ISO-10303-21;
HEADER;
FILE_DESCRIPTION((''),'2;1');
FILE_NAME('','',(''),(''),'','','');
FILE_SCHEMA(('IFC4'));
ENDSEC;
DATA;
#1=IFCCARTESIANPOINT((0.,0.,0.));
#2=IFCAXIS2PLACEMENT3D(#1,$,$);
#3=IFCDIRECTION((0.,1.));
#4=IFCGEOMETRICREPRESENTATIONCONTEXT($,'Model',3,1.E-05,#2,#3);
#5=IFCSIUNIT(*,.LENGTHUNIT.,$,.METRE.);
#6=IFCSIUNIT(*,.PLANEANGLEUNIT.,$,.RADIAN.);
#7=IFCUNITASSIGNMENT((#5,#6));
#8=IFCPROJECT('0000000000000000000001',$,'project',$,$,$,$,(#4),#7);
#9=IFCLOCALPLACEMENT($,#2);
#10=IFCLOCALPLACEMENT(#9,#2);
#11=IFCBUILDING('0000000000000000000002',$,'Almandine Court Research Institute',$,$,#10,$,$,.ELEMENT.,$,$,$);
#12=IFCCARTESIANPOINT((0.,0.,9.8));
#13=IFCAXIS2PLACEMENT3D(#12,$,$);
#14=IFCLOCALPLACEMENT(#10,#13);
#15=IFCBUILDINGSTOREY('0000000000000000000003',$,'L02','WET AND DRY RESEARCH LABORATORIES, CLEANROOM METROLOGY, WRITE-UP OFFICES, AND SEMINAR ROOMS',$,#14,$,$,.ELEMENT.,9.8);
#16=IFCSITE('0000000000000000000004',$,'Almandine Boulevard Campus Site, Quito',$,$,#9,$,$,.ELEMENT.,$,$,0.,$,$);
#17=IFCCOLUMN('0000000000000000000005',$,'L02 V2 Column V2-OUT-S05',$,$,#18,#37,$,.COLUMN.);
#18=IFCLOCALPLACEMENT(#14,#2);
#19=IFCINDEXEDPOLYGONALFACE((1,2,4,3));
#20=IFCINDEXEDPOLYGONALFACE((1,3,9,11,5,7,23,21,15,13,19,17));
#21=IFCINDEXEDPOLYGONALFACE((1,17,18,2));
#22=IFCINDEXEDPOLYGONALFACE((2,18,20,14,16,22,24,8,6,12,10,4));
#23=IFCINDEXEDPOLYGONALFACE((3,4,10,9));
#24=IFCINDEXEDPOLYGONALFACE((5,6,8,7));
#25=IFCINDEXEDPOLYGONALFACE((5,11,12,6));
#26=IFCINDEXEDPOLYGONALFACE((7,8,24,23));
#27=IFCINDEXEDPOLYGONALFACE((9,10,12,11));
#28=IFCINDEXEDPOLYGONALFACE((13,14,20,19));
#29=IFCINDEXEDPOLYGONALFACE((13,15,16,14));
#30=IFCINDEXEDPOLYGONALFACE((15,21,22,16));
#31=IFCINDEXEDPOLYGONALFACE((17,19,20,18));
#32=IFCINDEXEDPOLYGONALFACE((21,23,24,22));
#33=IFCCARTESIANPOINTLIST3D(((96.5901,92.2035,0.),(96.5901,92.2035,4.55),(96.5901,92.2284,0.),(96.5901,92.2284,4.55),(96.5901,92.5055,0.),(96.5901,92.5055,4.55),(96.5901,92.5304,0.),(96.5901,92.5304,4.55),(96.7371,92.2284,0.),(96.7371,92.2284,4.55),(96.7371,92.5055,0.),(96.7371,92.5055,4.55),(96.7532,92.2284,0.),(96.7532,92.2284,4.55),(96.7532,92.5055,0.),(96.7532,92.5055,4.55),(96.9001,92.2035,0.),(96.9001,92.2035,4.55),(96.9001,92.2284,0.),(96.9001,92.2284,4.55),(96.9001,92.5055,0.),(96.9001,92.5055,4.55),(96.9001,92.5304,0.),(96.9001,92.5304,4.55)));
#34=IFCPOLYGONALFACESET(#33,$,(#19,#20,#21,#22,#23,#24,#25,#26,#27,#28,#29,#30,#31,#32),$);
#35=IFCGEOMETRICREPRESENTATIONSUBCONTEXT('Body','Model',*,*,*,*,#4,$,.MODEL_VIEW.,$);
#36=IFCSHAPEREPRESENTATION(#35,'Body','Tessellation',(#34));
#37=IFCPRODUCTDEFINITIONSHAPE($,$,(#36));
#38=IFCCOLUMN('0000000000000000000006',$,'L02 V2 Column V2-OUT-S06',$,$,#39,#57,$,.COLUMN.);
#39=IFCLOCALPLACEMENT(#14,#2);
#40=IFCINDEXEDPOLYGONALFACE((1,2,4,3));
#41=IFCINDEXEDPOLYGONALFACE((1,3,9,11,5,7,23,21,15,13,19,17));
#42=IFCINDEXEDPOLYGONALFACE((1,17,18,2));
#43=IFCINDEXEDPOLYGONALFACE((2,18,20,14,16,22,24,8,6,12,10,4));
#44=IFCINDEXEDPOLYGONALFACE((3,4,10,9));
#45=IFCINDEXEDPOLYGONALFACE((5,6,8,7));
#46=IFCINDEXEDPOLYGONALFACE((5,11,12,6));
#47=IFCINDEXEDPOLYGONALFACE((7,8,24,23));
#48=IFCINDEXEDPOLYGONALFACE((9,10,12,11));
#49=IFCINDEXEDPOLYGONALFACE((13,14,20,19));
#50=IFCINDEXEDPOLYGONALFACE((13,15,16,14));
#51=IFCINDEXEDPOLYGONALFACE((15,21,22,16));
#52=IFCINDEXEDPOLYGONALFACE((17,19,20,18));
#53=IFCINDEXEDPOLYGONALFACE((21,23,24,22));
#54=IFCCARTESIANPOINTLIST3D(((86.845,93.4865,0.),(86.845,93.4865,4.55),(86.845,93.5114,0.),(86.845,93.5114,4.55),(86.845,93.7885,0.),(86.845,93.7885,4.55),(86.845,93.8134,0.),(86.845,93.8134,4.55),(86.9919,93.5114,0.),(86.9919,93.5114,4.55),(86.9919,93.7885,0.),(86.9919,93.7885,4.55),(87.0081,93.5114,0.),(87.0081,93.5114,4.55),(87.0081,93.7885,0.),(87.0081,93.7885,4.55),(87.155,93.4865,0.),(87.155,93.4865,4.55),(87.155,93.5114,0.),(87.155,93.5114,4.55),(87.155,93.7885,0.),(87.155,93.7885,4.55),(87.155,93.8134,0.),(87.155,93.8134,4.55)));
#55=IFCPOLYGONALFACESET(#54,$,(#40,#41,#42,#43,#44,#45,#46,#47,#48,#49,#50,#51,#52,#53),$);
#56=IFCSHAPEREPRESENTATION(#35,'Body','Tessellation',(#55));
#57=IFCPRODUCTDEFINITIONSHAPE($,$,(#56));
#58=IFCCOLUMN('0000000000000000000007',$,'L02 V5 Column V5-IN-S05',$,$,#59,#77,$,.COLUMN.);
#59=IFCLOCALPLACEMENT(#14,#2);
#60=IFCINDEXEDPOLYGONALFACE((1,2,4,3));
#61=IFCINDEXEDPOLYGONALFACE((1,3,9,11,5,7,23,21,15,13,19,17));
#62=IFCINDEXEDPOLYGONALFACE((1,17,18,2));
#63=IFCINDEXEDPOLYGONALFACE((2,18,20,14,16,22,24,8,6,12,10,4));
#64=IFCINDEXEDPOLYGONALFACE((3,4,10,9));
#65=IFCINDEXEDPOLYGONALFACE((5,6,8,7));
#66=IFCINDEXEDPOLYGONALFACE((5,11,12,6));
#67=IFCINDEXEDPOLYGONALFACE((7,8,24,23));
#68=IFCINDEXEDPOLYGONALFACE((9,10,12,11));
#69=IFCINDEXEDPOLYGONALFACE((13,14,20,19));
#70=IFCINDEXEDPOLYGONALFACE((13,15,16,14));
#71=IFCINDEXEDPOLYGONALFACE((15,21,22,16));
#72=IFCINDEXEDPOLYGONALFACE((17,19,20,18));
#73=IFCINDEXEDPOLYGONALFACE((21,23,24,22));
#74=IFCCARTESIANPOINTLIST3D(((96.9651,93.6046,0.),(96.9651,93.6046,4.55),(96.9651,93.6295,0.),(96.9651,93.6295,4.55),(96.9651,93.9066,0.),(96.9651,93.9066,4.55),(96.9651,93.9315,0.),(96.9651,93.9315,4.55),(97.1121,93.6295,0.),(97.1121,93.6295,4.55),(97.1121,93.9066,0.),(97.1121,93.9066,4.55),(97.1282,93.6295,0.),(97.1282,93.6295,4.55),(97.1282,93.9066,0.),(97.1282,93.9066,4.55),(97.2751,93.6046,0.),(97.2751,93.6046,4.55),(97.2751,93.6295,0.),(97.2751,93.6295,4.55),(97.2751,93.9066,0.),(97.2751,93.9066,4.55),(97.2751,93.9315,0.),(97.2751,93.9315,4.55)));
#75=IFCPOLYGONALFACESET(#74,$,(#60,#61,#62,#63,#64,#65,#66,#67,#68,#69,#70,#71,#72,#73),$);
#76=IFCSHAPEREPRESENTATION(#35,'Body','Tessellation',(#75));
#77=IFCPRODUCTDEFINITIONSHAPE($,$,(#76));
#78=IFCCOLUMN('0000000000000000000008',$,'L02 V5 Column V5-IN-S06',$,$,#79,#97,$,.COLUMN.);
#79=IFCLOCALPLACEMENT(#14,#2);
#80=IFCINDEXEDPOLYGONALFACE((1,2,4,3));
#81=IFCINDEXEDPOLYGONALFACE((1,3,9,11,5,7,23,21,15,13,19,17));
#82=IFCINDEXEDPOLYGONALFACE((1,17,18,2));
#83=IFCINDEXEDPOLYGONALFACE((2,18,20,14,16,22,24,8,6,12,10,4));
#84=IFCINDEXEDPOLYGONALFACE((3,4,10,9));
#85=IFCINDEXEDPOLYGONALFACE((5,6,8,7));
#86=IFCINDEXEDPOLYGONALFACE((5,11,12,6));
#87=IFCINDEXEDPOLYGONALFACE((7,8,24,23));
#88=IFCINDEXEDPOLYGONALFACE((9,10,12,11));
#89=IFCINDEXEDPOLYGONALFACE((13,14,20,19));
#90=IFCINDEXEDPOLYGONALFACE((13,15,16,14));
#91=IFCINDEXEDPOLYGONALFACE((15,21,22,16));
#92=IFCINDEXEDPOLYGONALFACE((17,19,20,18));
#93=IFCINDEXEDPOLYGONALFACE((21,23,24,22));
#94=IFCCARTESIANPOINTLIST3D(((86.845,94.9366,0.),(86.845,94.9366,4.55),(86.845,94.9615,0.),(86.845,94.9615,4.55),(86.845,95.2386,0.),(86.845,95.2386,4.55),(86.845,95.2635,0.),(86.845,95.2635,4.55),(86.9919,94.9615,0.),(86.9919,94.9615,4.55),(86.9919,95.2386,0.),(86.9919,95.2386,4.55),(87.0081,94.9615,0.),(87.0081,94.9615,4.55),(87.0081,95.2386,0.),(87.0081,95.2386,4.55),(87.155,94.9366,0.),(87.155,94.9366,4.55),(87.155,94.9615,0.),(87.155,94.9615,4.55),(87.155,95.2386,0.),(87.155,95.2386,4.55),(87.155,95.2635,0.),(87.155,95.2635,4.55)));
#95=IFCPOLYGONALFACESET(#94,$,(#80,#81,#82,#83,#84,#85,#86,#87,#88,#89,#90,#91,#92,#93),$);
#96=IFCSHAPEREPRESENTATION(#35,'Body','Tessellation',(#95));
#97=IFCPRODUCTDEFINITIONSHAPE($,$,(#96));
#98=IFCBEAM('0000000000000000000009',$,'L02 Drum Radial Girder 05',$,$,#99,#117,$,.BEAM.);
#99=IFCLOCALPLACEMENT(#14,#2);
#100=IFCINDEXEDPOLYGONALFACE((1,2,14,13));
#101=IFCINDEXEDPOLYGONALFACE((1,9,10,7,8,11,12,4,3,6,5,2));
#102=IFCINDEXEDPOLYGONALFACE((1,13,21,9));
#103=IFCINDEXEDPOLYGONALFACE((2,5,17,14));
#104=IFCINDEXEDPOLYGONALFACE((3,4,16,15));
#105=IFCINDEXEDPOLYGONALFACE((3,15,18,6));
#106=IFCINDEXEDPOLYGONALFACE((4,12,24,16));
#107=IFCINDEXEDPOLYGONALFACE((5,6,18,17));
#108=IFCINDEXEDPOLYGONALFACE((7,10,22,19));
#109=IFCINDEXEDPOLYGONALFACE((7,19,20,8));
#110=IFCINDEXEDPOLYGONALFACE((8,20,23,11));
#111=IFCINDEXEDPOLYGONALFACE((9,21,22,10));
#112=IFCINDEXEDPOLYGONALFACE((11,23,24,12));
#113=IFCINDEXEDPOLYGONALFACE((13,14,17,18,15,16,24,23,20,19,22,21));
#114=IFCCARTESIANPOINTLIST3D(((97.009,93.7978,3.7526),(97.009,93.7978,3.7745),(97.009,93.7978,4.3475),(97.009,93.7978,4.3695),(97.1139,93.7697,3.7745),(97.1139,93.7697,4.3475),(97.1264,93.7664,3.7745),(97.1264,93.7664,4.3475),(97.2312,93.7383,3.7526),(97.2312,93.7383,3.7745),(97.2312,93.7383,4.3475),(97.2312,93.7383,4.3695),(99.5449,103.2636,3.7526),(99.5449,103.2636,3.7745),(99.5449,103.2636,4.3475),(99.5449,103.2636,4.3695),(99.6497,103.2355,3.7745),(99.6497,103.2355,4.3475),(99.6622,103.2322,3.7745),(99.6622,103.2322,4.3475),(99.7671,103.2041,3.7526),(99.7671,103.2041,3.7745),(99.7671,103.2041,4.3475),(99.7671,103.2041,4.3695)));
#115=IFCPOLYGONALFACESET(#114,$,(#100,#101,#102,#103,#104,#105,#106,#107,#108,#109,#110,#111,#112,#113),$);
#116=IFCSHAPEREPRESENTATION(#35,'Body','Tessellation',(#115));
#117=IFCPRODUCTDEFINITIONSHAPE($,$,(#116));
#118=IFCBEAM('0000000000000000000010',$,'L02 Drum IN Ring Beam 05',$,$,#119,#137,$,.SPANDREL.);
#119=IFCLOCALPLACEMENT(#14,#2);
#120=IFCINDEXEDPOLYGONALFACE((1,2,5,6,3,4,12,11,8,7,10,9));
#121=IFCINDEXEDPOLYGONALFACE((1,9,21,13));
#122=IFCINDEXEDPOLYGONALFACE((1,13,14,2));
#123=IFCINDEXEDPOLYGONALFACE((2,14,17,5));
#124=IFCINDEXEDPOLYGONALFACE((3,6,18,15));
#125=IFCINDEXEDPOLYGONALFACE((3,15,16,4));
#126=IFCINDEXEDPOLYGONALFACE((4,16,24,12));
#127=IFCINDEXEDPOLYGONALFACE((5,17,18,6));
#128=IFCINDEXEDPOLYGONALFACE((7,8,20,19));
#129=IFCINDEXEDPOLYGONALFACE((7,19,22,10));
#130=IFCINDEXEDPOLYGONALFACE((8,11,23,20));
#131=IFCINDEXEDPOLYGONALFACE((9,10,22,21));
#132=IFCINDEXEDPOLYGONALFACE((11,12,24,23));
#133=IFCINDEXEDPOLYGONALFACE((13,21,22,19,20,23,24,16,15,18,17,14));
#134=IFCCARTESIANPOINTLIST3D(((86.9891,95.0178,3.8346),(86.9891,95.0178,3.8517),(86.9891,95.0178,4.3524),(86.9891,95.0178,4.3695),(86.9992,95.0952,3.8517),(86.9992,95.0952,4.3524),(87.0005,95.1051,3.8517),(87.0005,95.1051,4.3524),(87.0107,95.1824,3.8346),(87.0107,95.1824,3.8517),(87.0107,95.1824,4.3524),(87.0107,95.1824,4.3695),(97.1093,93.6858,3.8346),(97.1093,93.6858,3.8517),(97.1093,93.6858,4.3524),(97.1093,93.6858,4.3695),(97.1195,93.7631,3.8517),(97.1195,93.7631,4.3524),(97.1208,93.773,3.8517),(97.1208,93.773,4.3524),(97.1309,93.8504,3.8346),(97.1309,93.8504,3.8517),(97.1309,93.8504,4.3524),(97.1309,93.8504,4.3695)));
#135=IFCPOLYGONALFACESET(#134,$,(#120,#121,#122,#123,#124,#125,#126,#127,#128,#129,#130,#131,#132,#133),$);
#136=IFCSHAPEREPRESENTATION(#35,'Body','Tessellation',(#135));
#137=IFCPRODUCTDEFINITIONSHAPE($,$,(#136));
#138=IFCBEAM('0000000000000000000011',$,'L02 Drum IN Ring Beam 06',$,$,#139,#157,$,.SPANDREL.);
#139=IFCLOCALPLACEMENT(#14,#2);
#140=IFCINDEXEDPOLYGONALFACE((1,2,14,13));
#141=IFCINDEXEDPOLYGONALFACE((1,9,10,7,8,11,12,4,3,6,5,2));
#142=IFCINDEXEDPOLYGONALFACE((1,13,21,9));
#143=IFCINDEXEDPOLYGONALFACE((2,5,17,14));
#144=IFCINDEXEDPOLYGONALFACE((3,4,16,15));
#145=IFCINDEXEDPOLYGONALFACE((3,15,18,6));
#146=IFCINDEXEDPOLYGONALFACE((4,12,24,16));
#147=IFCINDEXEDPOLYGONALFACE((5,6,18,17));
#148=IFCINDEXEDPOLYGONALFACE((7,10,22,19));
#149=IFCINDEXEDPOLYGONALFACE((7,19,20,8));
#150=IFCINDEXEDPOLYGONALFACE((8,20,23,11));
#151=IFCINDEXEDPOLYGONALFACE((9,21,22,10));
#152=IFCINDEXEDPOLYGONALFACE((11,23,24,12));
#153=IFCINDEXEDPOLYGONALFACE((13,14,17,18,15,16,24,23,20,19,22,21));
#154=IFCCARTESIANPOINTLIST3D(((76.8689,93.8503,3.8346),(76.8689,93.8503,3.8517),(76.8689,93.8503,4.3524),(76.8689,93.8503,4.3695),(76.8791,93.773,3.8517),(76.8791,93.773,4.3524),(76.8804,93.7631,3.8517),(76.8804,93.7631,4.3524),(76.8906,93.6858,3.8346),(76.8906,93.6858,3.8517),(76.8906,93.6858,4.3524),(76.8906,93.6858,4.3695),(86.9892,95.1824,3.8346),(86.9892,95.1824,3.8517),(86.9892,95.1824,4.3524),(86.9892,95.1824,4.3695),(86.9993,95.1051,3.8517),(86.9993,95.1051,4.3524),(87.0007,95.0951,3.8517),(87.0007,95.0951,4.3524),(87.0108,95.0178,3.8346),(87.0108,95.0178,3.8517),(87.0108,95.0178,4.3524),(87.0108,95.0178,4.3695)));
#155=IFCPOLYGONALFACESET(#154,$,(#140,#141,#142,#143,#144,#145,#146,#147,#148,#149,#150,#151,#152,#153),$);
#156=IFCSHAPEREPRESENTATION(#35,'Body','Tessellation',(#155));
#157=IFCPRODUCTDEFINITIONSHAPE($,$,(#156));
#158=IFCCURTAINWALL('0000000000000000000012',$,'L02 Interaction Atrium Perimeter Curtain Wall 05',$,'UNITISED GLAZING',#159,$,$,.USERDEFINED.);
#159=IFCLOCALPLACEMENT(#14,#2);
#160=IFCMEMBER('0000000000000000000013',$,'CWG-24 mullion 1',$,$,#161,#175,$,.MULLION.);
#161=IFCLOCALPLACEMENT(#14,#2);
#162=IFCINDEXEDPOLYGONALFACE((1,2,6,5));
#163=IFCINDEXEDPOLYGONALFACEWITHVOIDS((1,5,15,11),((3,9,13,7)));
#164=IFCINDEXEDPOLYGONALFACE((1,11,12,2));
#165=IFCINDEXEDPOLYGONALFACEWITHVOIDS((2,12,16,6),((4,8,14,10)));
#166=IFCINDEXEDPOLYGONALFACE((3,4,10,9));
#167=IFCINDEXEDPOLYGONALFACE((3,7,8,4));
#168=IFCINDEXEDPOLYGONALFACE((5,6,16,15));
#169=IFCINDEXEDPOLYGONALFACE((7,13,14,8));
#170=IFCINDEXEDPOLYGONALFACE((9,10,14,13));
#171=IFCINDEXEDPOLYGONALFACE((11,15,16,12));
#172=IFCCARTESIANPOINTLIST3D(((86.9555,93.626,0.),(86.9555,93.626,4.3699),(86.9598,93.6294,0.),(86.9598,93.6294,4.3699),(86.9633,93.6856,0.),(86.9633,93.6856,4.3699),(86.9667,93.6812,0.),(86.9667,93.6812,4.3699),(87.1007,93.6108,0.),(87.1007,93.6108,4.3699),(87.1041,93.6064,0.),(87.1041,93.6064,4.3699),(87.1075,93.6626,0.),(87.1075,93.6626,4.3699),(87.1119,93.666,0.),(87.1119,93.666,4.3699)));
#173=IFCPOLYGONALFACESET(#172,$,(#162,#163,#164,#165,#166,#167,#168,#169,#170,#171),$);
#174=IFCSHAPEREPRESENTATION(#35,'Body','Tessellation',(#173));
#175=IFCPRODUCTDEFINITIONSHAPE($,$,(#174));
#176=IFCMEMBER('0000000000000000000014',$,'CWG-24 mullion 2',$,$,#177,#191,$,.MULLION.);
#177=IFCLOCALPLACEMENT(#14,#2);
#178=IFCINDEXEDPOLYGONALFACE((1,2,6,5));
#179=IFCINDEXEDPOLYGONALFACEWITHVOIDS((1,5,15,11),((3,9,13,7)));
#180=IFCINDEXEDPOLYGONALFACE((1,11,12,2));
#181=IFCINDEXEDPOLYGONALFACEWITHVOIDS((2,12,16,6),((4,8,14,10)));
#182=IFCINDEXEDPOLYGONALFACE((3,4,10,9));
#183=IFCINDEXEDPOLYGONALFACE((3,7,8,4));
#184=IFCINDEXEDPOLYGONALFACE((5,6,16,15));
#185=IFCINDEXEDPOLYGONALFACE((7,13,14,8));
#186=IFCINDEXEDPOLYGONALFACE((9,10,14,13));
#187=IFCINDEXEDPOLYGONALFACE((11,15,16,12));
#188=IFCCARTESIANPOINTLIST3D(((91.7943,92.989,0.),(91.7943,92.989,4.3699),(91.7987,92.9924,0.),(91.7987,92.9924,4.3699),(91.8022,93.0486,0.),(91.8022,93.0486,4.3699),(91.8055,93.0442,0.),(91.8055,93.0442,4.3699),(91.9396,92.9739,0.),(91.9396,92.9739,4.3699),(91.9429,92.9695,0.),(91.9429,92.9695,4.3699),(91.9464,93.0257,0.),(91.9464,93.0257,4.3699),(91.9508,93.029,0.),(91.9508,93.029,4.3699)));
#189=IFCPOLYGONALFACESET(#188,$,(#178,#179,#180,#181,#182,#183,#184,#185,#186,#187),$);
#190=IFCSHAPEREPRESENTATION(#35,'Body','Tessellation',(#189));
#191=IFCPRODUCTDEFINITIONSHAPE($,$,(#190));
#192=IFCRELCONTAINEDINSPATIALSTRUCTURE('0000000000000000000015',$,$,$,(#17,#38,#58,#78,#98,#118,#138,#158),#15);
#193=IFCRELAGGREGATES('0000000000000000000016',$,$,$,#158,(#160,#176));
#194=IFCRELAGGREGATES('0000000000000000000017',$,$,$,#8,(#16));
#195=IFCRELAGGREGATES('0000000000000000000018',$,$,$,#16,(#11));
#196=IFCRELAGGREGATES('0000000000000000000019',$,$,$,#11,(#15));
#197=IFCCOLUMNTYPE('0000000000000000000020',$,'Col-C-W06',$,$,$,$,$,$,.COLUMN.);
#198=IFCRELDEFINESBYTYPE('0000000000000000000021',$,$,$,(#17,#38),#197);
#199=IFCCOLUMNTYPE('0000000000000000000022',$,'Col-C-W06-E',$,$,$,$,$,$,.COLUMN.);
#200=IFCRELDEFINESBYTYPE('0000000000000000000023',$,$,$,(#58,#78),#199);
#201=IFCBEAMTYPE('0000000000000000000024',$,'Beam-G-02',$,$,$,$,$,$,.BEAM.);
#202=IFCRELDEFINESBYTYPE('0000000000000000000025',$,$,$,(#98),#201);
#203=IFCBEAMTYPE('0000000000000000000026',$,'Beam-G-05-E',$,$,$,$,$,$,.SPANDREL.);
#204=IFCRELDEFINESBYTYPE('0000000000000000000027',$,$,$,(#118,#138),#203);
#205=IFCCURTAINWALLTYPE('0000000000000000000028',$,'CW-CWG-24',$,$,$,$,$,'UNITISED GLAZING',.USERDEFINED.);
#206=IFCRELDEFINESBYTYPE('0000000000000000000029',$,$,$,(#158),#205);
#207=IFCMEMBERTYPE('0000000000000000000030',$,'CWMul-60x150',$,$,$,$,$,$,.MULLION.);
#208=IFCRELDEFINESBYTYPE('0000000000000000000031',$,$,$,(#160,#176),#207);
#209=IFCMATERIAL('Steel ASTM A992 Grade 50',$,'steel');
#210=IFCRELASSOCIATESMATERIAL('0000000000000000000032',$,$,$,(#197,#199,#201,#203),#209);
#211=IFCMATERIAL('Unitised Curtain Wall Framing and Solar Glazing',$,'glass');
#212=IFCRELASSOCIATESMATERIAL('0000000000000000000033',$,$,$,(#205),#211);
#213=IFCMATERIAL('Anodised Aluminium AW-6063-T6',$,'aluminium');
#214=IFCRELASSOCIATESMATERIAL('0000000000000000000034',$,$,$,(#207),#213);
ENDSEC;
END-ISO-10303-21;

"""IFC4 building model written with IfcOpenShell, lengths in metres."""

from ifc_helpers import new_model, si_unit, direction, frame, origin, origin_2d, place, context, subcontext, project, spatial, hollow_rectangle, i_section, extrude, material, material_profile, profile_set, type_object, element, aggregate, save


model = new_model("IFC4")

# Units and contexts
model_context = context("Model", 3, precision=1e-05, world=origin(), true_north=direction((0.0, 1.0)))
body_context = subcontext(model_context, "Body", "Model", "MODEL_VIEW")
ifc_project = project(units=[si_unit("LENGTHUNIT", "METRE"), si_unit("PLANEANGLEUNIT", "RADIAN")], contexts=[model_context])

# Site, building, storey
site_placement = place(None, origin())
site = spatial("IfcSite", under=ifc_project, at=site_placement, Name="Almandine Boulevard Campus Site, Quito", CompositionType="ELEMENT", RefElevation=0.0)
building_placement = place(site_placement, origin())
building = spatial("IfcBuilding", under=site, at=building_placement, Name="Almandine Court Research Institute", CompositionType="ELEMENT")
storey_placement = place(building_placement, frame((0.0, 0.0, 9.8)))
storey = spatial("IfcBuildingStorey", under=building, at=storey_placement, Name="L02", Description="WET AND DRY RESEARCH LABORATORIES, CLEANROOM METROLOGY, WRITE-UP OFFICES, AND SEMINAR ROOMS", CompositionType="ELEMENT", Elevation=9.8)

# Columns
ifc_material_1 = material(Name="Steel ASTM A992 Grade 50", Category="steel")
ifc_material_profile_1 = material_profile(ifc_material_1, i_section(OverallWidth=0.3101, OverallDepth=0.3269, WebThickness=0.0161, FlangeThickness=0.0249, at=origin_2d()), Name="W310x158")
ifc_profile_set_1 = profile_set([ifc_material_profile_1], Name="Steel ASTM A992 Grade 50")
column_type_1 = type_object("IfcColumnType", Name="Col-C-W06", PredefinedType="COLUMN", material=ifc_profile_set_1)
for number, where, z_axis, x_axis, name in (
    (1, (96.7451, 92.3669, 0.0), (0.0, 0.0, 1.0), (1.0, 0.0, 0.0), "L02 V2 Column V2-OUT-S05"),
    (2, (87.0, 93.6499, 0.0), (0.0, 0.0, 1.0), (1.0, 0.0, 0.0), "L02 V2 Column V2-OUT-S06"),
):
    element("IfcColumn", number, at=place(storey_placement, frame(where, z_axis=z_axis, x_axis=x_axis)), inside=storey, type_object=column_type_1, Name=name, PredefinedType="COLUMN", context=body_context, shape_type="SweptSolid", body=[
        extrude(i_section(OverallWidth=0.3101, OverallDepth=0.3269, WebThickness=0.0161, FlangeThickness=0.0249, at=origin_2d()), origin(), (0.0, 0.0, 1.0), 4.55),
    ])
ifc_material_profile_2 = material_profile(ifc_material_1, i_section(OverallWidth=0.3101, OverallDepth=0.3269, WebThickness=0.0161, FlangeThickness=0.0249, at=origin_2d()), Name="W310x158")
ifc_profile_set_2 = profile_set([ifc_material_profile_2], Name="Steel ASTM A992 Grade 50")
column_type_2 = type_object("IfcColumnType", Name="Col-C-W06-E", PredefinedType="COLUMN", material=ifc_profile_set_2)
for number, where, z_axis, x_axis, name in (
    (3, (97.1201, 93.7681, 0.0), (0.0, 0.0, 1.0), (1.0, 0.0, 0.0), "L02 V5 Column V5-IN-S05"),
    (4, (87.0, 95.1001, 0.0), (0.0, 0.0, 1.0), (1.0, 0.0, 0.0), "L02 V5 Column V5-IN-S06"),
):
    element("IfcColumn", number, at=place(storey_placement, frame(where, z_axis=z_axis, x_axis=x_axis)), inside=storey, type_object=column_type_2, Name=name, PredefinedType="COLUMN", context=body_context, shape_type="SweptSolid", body=[
        extrude(i_section(OverallWidth=0.3101, OverallDepth=0.3269, WebThickness=0.0161, FlangeThickness=0.0249, at=origin_2d()), origin(), (0.0, 0.0, 1.0), 4.55),
    ])

# Beams
ifc_material_profile_3 = material_profile(ifc_material_1, i_section(OverallWidth=0.23, OverallDepth=0.6169, WebThickness=0.0129, FlangeThickness=0.022, at=origin_2d()), Name="W610x140")
ifc_profile_set_3 = profile_set([ifc_material_profile_3], Name="Steel ASTM A992 Grade 50")
beam_type_1 = type_object("IfcBeamType", Name="Beam-G-02", PredefinedType="BEAM", material=ifc_profile_set_3)
beam_placement = place(storey_placement, frame((97.1201, 93.7681, 4.061), z_axis=(0.258774, 0.965938, 0.0), x_axis=(-0.965938, 0.258774, 0.0)))
element("IfcBeam", 5, at=beam_placement, inside=storey, type_object=beam_type_1, Name="L02 Drum Radial Girder 05", PredefinedType="BEAM", context=body_context, shape_type="SweptSolid", body=[
    extrude(i_section(OverallWidth=0.23, OverallDepth=0.6169, WebThickness=0.0129, FlangeThickness=0.022, at=origin_2d()), origin(), (0.0, 0.0, 1.0), 9.7996),
])
ifc_material_profile_4 = material_profile(ifc_material_1, i_section(OverallWidth=0.166, OverallDepth=0.5349, WebThickness=0.01, FlangeThickness=0.0171, at=origin_2d()), Name="W530x85")
ifc_profile_set_4 = profile_set([ifc_material_profile_4], Name="Steel ASTM A992 Grade 50")
beam_type_2 = type_object("IfcBeamType", Name="Beam-G-05-E", PredefinedType="SPANDREL", material=ifc_profile_set_4)
for number, where, z_axis, x_axis, name in (
    (6, (97.1201, 93.7681, 4.1021), (-0.991449, 0.130497, 0.0), (-0.130497, -0.991449, 0.0), "L02 Drum IN Ring Beam 05"),
    (7, (87.0, 95.1001, 4.1021), (-0.991449, -0.130497, 0.0), (0.130497, -0.991449, 0.0), "L02 Drum IN Ring Beam 06"),
):
    element("IfcBeam", number, at=place(storey_placement, frame(where, z_axis=z_axis, x_axis=x_axis)), inside=storey, type_object=beam_type_2, Name=name, PredefinedType="SPANDREL", context=body_context, shape_type="SweptSolid", body=[
        extrude(i_section(OverallWidth=0.166, OverallDepth=0.5349, WebThickness=0.01, FlangeThickness=0.0171, at=origin_2d()), origin(), (0.0, 0.0, 1.0), 10.2075),
    ])

# Curtain wall, members
ifc_material_2 = material(Name="Unitised Curtain Wall Framing and Solar Glazing", Category="glass")
curtain_wall_type = type_object("IfcCurtainWallType", Name="CW-CWG-24", ElementType="UNITISED GLAZING", PredefinedType="USERDEFINED", material=ifc_material_2)
curtain_wall_placement = place(storey_placement, origin())
curtain_wall = element("IfcCurtainWall", 8, at=curtain_wall_placement, inside=storey, type_object=curtain_wall_type, Name="L02 Interaction Atrium Perimeter Curtain Wall 05", ObjectType="UNITISED GLAZING", PredefinedType="USERDEFINED")
ifc_material_3 = material(Name="Anodised Aluminium AW-6063-T6", Category="aluminium")
ifc_material_profile_5 = material_profile(ifc_material_3, hollow_rectangle(XDim=0.0601, YDim=0.1499, WallThickness=0.0039, at=origin_2d()), Name="ALU RHS 60x150x4")
ifc_profile_set_5 = profile_set([ifc_material_profile_5], Name="Anodised Aluminium AW-6063-T6")
member_type_1 = type_object("IfcMemberType", Name="CWMul-60x150", PredefinedType="MULLION", material=ifc_profile_set_5)
member_1_placement = place(storey_placement, frame((87.0337, 93.646, 0.0), z_axis=(0.0, 0.0, 1.0), x_axis=(0.130536, 0.991444, 0.0)))
member_1 = element("IfcMember", 9, at=member_1_placement, type_object=member_type_1, Name="CWG-24 mullion 1", PredefinedType="MULLION", context=body_context, shape_type="SweptSolid", body=[
    extrude(hollow_rectangle(XDim=0.0601, YDim=0.1499, WallThickness=0.0039, at=origin_2d()), origin(), (0.0, 0.0, 1.0), 4.3699),
])
member_2_placement = place(storey_placement, frame((91.8726, 93.009, 0.0), z_axis=(0.0, 0.0, 1.0), x_axis=(0.130536, 0.991444, 0.0)))
member_2 = element("IfcMember", 10, at=member_2_placement, type_object=member_type_1, Name="CWG-24 mullion 2", PredefinedType="MULLION", context=body_context, shape_type="SweptSolid", body=[
    extrude(hollow_rectangle(XDim=0.0601, YDim=0.1499, WallThickness=0.0039, at=origin_2d()), origin(), (0.0, 0.0, 1.0), 4.3699),
])
aggregate(curtain_wall, [member_1, member_2])

save(model, "model.ifc")
